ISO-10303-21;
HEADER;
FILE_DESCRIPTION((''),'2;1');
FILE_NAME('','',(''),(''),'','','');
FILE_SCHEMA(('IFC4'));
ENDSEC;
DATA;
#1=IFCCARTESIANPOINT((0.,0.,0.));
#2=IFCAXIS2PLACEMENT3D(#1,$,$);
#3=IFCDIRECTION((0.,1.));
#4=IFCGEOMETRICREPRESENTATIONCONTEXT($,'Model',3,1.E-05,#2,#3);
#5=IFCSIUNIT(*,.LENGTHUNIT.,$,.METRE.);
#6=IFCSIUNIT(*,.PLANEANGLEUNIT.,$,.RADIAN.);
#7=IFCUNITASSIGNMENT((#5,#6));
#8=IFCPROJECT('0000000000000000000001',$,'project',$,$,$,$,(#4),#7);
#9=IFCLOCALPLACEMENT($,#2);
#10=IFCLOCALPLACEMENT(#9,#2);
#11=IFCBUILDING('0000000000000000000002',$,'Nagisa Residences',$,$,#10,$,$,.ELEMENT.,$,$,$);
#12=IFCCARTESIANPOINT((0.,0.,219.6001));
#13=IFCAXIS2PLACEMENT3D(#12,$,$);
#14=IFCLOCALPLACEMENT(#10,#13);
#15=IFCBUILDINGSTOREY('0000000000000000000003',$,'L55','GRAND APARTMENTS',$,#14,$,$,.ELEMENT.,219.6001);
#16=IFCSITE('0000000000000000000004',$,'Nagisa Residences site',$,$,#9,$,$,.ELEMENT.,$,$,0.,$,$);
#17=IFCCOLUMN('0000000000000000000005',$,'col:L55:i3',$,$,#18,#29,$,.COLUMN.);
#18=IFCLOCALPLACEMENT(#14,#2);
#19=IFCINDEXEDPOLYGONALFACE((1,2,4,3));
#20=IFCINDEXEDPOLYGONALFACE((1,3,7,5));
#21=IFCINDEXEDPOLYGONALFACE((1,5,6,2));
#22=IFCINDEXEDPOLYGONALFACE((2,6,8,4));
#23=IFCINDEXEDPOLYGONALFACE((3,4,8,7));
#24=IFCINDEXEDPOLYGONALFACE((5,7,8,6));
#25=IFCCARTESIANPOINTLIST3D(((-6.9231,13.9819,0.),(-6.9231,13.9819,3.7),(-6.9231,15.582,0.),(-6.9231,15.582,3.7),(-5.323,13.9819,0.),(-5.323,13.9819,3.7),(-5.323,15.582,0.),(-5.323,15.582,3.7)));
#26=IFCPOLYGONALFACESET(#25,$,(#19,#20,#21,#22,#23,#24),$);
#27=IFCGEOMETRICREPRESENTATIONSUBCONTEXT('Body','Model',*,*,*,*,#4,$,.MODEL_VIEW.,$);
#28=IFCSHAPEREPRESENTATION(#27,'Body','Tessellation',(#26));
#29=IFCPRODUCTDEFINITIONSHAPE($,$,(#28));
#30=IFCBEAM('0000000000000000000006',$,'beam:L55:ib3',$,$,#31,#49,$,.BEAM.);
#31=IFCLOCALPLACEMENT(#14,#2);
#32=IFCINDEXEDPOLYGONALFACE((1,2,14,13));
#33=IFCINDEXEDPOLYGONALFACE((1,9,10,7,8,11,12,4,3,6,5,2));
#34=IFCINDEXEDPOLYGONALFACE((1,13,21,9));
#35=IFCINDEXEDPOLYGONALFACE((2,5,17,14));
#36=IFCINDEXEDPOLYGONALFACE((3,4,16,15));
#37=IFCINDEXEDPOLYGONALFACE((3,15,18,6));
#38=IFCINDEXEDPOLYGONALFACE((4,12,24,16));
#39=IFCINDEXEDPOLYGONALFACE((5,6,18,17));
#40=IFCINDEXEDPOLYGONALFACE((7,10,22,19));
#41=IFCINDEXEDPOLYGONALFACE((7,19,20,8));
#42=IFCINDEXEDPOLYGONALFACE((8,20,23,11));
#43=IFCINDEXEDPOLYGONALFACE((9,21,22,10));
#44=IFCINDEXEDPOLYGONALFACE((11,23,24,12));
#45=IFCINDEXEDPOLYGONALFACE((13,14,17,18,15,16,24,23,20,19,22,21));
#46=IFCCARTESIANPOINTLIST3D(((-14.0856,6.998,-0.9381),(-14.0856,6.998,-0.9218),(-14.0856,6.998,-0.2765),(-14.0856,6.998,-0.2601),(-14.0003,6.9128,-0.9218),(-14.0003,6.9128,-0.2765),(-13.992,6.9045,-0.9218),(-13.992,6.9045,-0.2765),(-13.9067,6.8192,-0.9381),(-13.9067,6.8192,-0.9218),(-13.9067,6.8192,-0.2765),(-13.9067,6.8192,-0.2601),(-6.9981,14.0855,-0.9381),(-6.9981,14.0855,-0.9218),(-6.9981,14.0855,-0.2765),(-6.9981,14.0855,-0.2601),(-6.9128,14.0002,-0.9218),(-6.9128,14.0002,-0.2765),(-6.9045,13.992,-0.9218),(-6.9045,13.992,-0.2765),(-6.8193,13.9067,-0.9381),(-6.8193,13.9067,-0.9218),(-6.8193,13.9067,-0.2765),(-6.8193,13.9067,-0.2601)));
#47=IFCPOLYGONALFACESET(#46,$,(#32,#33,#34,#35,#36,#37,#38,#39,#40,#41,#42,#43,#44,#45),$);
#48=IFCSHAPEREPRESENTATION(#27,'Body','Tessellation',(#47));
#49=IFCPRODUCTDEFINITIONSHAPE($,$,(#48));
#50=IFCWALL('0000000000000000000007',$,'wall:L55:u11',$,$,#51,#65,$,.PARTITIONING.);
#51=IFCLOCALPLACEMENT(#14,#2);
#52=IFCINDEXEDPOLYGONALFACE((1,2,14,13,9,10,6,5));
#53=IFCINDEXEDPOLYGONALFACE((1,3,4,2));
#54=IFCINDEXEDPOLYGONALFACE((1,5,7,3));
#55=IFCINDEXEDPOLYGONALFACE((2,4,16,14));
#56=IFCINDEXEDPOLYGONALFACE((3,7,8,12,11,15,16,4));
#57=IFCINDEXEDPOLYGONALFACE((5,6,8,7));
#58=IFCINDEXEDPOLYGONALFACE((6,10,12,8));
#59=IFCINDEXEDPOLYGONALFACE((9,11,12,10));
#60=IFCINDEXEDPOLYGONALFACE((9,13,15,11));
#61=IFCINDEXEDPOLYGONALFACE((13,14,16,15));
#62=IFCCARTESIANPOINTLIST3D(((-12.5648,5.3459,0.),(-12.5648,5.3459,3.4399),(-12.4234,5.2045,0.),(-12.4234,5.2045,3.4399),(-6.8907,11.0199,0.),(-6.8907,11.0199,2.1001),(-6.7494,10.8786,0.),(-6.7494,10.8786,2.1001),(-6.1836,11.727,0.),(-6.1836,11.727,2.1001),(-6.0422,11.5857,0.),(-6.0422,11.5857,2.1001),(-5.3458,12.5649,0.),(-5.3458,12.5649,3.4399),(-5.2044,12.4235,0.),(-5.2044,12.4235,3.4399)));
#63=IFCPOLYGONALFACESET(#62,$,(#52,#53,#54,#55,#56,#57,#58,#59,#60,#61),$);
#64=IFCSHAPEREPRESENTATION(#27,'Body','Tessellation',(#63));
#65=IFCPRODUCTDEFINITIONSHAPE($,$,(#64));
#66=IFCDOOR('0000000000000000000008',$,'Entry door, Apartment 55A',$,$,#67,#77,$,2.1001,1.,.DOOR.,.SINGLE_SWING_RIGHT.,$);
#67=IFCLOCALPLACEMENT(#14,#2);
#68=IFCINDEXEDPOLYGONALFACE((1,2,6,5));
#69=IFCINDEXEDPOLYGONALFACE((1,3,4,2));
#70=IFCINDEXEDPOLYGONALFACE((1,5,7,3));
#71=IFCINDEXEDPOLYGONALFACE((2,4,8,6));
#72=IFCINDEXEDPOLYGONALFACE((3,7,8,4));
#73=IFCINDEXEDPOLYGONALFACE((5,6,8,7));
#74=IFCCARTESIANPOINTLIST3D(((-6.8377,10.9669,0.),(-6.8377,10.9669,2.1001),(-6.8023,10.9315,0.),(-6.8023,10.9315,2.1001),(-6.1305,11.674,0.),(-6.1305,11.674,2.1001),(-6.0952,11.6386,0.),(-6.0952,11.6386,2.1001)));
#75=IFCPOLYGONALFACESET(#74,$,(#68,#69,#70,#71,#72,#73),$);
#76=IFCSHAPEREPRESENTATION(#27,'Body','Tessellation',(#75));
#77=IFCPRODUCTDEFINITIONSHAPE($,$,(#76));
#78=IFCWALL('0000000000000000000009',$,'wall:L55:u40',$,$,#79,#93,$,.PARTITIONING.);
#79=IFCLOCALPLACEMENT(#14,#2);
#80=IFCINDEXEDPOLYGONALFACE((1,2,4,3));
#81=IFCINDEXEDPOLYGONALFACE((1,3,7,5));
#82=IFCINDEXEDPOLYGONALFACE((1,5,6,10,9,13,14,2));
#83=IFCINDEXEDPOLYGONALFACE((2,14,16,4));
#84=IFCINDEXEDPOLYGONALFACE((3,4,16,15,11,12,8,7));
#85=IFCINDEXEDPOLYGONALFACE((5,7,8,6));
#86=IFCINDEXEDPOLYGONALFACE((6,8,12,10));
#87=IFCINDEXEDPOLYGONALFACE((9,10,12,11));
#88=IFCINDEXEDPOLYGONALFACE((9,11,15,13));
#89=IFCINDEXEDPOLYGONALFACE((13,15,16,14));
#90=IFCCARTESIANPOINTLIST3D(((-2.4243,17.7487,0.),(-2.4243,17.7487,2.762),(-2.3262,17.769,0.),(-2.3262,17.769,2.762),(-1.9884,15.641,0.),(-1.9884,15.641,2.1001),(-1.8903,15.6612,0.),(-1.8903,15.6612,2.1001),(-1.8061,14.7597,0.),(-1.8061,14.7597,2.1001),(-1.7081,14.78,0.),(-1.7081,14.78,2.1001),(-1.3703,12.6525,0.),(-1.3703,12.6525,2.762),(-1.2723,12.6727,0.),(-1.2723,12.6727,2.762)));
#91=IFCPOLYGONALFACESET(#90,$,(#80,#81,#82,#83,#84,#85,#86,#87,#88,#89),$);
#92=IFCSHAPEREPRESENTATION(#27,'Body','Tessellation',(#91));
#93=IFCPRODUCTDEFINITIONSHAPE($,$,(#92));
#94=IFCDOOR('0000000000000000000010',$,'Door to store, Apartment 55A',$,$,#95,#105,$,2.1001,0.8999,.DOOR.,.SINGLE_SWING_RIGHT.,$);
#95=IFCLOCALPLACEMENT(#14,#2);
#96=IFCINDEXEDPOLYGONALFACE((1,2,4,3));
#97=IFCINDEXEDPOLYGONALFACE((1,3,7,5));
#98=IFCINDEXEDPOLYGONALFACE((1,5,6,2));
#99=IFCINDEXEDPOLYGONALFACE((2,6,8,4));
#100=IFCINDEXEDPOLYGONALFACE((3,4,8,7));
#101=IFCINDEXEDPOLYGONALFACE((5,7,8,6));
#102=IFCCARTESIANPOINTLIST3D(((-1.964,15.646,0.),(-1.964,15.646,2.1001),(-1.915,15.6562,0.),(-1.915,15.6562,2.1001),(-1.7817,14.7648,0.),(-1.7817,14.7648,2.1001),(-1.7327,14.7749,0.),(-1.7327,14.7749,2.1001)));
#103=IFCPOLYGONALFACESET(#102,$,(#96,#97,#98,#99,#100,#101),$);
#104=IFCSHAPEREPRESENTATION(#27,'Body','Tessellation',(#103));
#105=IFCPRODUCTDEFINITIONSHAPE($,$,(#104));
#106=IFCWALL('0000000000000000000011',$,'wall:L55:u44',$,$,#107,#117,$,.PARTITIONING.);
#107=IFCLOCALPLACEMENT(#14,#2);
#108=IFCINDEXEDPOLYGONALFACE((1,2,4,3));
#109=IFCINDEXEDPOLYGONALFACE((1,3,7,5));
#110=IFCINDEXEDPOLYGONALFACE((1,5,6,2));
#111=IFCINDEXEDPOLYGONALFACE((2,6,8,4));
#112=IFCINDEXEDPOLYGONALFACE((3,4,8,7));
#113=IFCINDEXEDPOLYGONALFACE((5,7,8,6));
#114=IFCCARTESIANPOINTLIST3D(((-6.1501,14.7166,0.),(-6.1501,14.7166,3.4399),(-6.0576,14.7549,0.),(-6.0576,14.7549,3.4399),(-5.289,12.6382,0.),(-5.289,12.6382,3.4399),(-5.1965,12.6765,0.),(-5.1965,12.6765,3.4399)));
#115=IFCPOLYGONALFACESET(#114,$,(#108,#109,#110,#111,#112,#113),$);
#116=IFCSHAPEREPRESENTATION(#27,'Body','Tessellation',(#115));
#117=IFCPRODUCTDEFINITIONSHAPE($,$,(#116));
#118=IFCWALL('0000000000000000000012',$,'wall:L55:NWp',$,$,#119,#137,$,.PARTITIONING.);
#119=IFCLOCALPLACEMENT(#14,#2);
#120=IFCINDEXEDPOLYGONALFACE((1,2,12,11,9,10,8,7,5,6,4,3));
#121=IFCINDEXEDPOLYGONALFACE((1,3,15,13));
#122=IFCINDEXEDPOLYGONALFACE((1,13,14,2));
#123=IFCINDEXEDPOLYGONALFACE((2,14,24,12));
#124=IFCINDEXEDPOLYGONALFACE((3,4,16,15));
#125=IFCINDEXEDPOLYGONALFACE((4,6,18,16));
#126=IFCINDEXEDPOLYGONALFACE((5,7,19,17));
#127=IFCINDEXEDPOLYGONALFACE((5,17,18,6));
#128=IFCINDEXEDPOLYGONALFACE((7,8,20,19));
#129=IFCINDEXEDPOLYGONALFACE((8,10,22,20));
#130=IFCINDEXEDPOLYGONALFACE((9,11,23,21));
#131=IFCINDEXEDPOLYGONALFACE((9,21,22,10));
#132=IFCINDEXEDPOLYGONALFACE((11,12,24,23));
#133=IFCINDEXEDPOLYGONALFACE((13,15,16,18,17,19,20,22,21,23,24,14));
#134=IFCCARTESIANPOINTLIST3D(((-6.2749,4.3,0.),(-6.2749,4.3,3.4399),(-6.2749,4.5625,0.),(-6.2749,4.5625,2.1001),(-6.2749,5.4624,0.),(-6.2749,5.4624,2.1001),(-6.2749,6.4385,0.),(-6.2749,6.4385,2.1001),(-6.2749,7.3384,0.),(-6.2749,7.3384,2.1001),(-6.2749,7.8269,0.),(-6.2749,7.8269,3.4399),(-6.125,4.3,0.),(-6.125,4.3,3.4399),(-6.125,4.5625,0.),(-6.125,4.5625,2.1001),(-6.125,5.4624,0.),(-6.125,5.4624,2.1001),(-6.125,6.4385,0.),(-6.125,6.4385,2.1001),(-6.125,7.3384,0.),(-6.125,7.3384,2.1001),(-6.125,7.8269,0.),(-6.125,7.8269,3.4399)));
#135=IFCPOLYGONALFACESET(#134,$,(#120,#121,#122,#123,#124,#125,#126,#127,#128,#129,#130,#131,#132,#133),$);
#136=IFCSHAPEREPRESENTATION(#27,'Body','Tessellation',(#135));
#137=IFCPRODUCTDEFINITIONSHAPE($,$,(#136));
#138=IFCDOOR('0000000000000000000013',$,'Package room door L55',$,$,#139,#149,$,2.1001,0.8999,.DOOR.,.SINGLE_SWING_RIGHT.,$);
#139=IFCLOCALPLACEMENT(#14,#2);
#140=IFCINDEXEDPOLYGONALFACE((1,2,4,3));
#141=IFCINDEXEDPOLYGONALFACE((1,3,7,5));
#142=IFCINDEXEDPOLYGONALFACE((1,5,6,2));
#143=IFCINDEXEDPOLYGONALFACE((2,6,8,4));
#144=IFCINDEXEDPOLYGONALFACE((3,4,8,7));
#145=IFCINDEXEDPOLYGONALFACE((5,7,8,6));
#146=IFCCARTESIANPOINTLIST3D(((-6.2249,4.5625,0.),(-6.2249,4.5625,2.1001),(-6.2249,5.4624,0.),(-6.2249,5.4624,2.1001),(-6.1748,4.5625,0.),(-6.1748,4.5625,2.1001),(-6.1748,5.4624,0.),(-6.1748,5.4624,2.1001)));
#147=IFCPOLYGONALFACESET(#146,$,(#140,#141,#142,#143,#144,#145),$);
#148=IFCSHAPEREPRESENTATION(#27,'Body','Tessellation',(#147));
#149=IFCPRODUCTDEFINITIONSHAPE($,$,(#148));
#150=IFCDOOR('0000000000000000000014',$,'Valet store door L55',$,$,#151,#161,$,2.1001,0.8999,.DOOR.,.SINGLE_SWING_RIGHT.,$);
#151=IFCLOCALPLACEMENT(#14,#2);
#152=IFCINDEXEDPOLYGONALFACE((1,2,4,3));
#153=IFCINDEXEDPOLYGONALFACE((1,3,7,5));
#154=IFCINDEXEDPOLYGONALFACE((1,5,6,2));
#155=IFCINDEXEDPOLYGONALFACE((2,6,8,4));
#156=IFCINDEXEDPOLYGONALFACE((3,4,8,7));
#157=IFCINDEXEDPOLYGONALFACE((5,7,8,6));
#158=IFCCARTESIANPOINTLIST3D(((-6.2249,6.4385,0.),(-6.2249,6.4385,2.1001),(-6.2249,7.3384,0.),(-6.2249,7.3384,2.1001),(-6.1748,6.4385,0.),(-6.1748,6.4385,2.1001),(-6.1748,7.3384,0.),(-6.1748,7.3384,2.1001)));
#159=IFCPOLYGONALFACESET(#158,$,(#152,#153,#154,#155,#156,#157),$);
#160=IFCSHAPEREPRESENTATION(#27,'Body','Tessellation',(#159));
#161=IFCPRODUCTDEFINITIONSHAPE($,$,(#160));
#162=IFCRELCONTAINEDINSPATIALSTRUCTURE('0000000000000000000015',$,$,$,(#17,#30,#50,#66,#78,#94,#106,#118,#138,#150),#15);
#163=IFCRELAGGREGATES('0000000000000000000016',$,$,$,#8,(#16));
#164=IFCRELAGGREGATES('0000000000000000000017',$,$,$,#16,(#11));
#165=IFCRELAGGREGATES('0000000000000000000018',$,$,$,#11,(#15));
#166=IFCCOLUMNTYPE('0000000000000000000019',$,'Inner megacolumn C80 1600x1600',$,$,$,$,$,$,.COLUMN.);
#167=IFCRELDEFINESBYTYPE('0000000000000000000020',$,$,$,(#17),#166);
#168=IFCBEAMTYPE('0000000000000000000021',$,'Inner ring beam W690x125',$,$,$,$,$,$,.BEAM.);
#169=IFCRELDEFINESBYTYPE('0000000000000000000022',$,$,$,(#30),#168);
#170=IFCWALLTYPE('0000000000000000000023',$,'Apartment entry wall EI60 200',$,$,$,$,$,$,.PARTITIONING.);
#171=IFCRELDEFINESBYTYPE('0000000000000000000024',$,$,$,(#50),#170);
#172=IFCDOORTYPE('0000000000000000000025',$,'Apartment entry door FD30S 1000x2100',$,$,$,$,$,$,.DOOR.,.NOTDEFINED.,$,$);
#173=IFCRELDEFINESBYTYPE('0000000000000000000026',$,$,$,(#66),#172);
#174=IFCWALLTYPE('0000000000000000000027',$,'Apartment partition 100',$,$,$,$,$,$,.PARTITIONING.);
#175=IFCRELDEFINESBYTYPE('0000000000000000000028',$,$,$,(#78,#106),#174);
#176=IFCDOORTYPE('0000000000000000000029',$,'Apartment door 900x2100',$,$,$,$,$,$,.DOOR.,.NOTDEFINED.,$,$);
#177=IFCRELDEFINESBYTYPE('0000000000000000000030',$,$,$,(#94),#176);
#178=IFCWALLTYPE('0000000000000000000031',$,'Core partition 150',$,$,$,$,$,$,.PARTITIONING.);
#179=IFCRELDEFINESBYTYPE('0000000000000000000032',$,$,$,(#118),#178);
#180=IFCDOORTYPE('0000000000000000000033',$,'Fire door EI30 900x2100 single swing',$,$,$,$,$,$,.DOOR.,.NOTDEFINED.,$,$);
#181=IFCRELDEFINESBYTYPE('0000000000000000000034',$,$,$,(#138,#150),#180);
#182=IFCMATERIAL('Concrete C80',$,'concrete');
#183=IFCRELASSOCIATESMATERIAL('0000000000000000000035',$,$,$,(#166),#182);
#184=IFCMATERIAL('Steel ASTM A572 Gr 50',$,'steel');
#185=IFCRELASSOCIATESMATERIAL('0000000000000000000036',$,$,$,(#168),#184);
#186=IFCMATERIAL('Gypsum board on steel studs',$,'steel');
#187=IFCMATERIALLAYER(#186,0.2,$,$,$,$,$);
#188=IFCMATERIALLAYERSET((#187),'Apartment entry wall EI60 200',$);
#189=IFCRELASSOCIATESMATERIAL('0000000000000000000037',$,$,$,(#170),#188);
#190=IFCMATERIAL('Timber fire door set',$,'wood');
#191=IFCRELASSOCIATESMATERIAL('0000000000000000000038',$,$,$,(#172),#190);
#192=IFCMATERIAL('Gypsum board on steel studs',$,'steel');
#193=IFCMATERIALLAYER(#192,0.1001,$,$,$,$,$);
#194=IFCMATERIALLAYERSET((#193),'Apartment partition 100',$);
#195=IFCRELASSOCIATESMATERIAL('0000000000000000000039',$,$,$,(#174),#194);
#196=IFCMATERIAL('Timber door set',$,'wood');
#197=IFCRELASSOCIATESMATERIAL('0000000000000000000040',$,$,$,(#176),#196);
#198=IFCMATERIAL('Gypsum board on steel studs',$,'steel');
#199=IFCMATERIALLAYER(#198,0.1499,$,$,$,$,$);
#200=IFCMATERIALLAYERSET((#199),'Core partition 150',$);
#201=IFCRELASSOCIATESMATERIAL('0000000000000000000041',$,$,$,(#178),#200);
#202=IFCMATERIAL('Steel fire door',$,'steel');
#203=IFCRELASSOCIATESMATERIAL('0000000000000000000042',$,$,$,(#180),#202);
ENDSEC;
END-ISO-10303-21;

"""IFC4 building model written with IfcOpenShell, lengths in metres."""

from ifc_helpers import new_model, si_unit, direction, frame, frame_2d, origin, origin_2d, place, context, subcontext, project, spatial, rectangle, i_section, extrude, material, layer, layer_set, material_profile, profile_set, type_object, element, fill, save


model = new_model("IFC4")

# Units and contexts
model_context = context("Model", 3, precision=1e-05, world=origin(), true_north=direction((0.0, 1.0)))
body_context = subcontext(model_context, "Body", "Model", "MODEL_VIEW")
ifc_project = project(units=[si_unit("LENGTHUNIT", "METRE"), si_unit("PLANEANGLEUNIT", "RADIAN")], contexts=[model_context])

# Site, building, storey
site_placement = place(None, origin())
site = spatial("IfcSite", under=ifc_project, at=site_placement, Name="Nagisa Residences site", CompositionType="ELEMENT", RefElevation=0.0)
building_placement = place(site_placement, origin())
building = spatial("IfcBuilding", under=site, at=building_placement, Name="Nagisa Residences", CompositionType="ELEMENT")
storey_placement = place(building_placement, frame((0.0, 0.0, 219.6001)))
storey = spatial("IfcBuildingStorey", under=building, at=storey_placement, Name="L55", Description="GRAND APARTMENTS", CompositionType="ELEMENT", Elevation=219.6001)

# Column
ifc_material_1 = material(Name="Concrete C80", Category="concrete")
ifc_material_profile_1 = material_profile(ifc_material_1, rectangle(XDim=1.6001, YDim=1.6001, at=origin_2d()), Name="C80 1600x1600")
ifc_profile_set_1 = profile_set([ifc_material_profile_1], Name="Concrete C80")
column_type = type_object("IfcColumnType", Name="Inner megacolumn C80 1600x1600", PredefinedType="COLUMN", material=ifc_profile_set_1)
column_placement = place(storey_placement, frame((-6.123, 14.782, 0.0), z_axis=(0.0, 0.0, 1.0), x_axis=(1.0, 0.0, 0.0)))
element("IfcColumn", 1, at=column_placement, inside=storey, type_object=column_type, Name="col:L55:i3", PredefinedType="COLUMN", context=body_context, shape_type="SweptSolid", body=[
    extrude(rectangle(XDim=1.6001, YDim=1.6001, at=origin_2d()), origin(), (0.0, 0.0, 1.0), 3.7),
])

# Beam
ifc_material_2 = material(Name="Steel ASTM A572 Gr 50", Category="steel")
ifc_material_profile_2 = material_profile(ifc_material_2, i_section(OverallWidth=0.2529, OverallDepth=0.678, WebThickness=0.0117, FlangeThickness=0.0164, at=origin_2d()), Name="W690x125")
ifc_profile_set_2 = profile_set([ifc_material_profile_2], Name="Steel ASTM A572 Gr 50")
beam_type = type_object("IfcBeamType", Name="Inner ring beam W690x125", PredefinedType="BEAM", material=ifc_profile_set_2)
beam_placement = place(storey_placement, frame((-6.9087, 13.9961, -0.5991), z_axis=(-0.707107, -0.707107, 0.0), x_axis=(0.707107, -0.707107, 0.0)))
element("IfcBeam", 2, at=beam_placement, inside=storey, type_object=beam_type, Name="beam:L55:ib3", PredefinedType="BEAM", context=body_context, shape_type="SweptSolid", body=[
    extrude(i_section(OverallWidth=0.2529, OverallDepth=0.678, WebThickness=0.0117, FlangeThickness=0.0164, at=origin_2d()), origin(), (0.0, 0.0, 1.0), 10.0232),
])

# Walls, openings, doors
ifc_material_3 = material(Name="Gypsum board on steel studs", Category="steel")
ifc_layer_1 = layer(ifc_material_3, 0.2)
ifc_layer_set_1 = layer_set([ifc_layer_1], Name="Apartment entry wall EI60 200")
wall_type_1 = type_object("IfcWallType", Name="Apartment entry wall EI60 200", PredefinedType="PARTITIONING", material=ifc_layer_set_1)
wall_1_placement = place(storey_placement, frame((-5.2751, 12.4941, 0.0), z_axis=(0.0, 0.0, 1.0), x_axis=(-0.707107, -0.707107, 0.0)))
wall_1 = element("IfcWall", 3, at=wall_1_placement, inside=storey, type_object=wall_type_1, Name="wall:L55:u11", PredefinedType="PARTITIONING", context=body_context, shape_type="SweptSolid", body=[
    extrude(rectangle(XDim=10.2092, YDim=0.2, at=frame_2d((5.1045, 0.0))), origin(), (0.0, 0.0, 1.0), 3.4399),
])
opening_1_placement = place(wall_1_placement, frame((1.1848, 0.0, 0.0)))
opening_1 = element("IfcOpeningElement", 4, at=opening_1_placement, cuts=wall_1, PredefinedType="OPENING", context=body_context, shape_type="SweptSolid", body=[
    extrude(rectangle(XDim=1.0, YDim=2.1001, at=frame_2d((0.5, 1.05))), frame((0.0, 0.1099, 0.0), z_axis=(0.0, -1.0, 0.0), x_axis=(1.0, 0.0, 0.0)), (0.0, 0.0, 1.0), 0.22),
])
ifc_material_4 = material(Name="Timber fire door set", Category="wood")
door_type_1 = type_object("IfcDoorType", Name="Apartment entry door FD30S 1000x2100", OperationType="NOTDEFINED", PredefinedType="DOOR", material=ifc_material_4)
door_1_placement = place(opening_1_placement, frame((1.0, 0.0, 0.0), x_axis=(-1.0, 0.0, 0.0)))
door_1 = element("IfcDoor", 5, at=door_1_placement, inside=storey, type_object=door_type_1, Name="Entry door, Apartment 55A", OperationType="SINGLE_SWING_RIGHT", OverallHeight=2.1001, OverallWidth=1.0, PredefinedType="DOOR", context=body_context, shape_type="SweptSolid", body=[
    extrude(rectangle(XDim=1.0, YDim=2.1001, at=frame_2d((0.5, 1.05))), frame((0.0, 0.0249, 0.0), z_axis=(0.0, -1.0, 0.0), x_axis=(1.0, 0.0, 0.0)), (0.0, 0.0, 1.0), 0.05),
])
fill(opening_1, door_1)
ifc_material_5 = material(Name="Gypsum board on steel studs", Category="steel")
ifc_layer_2 = layer(ifc_material_5, 0.1001)
ifc_layer_set_2 = layer_set([ifc_layer_2], Name="Apartment partition 100")
wall_type_2 = type_object("IfcWallType", Name="Apartment partition 100", PredefinedType="PARTITIONING", material=ifc_layer_set_2)
wall_2_placement = place(storey_placement, frame((-1.3213, 12.6626, 0.0), z_axis=(0.0, 0.0, 1.0), x_axis=(-0.202526, 0.979277, 0.0)))
wall_2 = element("IfcWall", 6, at=wall_2_placement, inside=storey, type_object=wall_type_2, Name="wall:L55:u40", PredefinedType="PARTITIONING", context=body_context, shape_type="SweptSolid", body=[
    extrude(rectangle(XDim=5.2041, YDim=0.1001, at=frame_2d((2.6021, 0.0))), origin(), (0.0, 0.0, 1.0), 2.762),
])
opening_2_placement = place(wall_2_placement, frame((2.1519, 0.0, 0.0)))
opening_2 = element("IfcOpeningElement", 7, at=opening_2_placement, cuts=wall_2, PredefinedType="OPENING", context=body_context, shape_type="SweptSolid", body=[
    extrude(rectangle(XDim=0.8999, YDim=2.1001, at=frame_2d((0.45, 1.05))), frame((0.0, 0.0601, 0.0), z_axis=(0.0, -1.0, 0.0), x_axis=(1.0, 0.0, 0.0)), (0.0, 0.0, 1.0), 0.1201),
])
ifc_material_6 = material(Name="Timber door set", Category="wood")
door_type_2 = type_object("IfcDoorType", Name="Apartment door 900x2100", OperationType="NOTDEFINED", PredefinedType="DOOR", material=ifc_material_6)
door_2_placement = place(opening_2_placement, frame((0.8999, 0.0, 0.0), x_axis=(-1.0, 0.0, 0.0)))
door_2 = element("IfcDoor", 8, at=door_2_placement, inside=storey, type_object=door_type_2, Name="Door to store, Apartment 55A", OperationType="SINGLE_SWING_RIGHT", OverallHeight=2.1001, OverallWidth=0.8999, PredefinedType="DOOR", context=body_context, shape_type="SweptSolid", body=[
    extrude(rectangle(XDim=0.8999, YDim=2.1001, at=frame_2d((0.45, 1.05))), frame((0.0, 0.0249, 0.0), z_axis=(0.0, -1.0, 0.0), x_axis=(1.0, 0.0, 0.0)), (0.0, 0.0, 1.0), 0.05),
])
fill(opening_2, door_2)

# Wall
wall_3_placement = place(storey_placement, frame((-5.2427, 12.6572, 0.0), z_axis=(0.0, 0.0, 1.0), x_axis=(-0.382758, 0.923849, 0.0)))
element("IfcWall", 9, at=wall_3_placement, inside=storey, type_object=wall_type_2, Name="wall:L55:u44", PredefinedType="PARTITIONING", context=body_context, shape_type="SweptSolid", body=[
    extrude(rectangle(XDim=2.2498, YDim=0.1001, at=frame_2d((1.125, 0.0))), origin(), (0.0, 0.0, 1.0), 3.4399),
])

# Wall, openings, doors
ifc_material_7 = material(Name="Gypsum board on steel studs", Category="steel")
ifc_layer_3 = layer(ifc_material_7, 0.1499)
ifc_layer_set_3 = layer_set([ifc_layer_3], Name="Core partition 150")
wall_type_3 = type_object("IfcWallType", Name="Core partition 150", PredefinedType="PARTITIONING", material=ifc_layer_set_3)
wall_4_placement = place(storey_placement, frame((-6.2, 4.3, 0.0), z_axis=(0.0, 0.0, 1.0), x_axis=(0.0, 1.0, 0.0)))
wall_4 = element("IfcWall", 10, at=wall_4_placement, inside=storey, type_object=wall_type_3, Name="wall:L55:NWp", PredefinedType="PARTITIONING", context=body_context, shape_type="SweptSolid", body=[
    extrude(rectangle(XDim=3.5269, YDim=0.1499, at=frame_2d((1.7634, 0.0))), origin(), (0.0, 0.0, 1.0), 3.4399),
])
opening_3_placement = place(wall_4_placement, frame((0.2625, 0.0, 0.0)))
opening_3 = element("IfcOpeningElement", 11, at=opening_3_placement, cuts=wall_4, PredefinedType="OPENING", context=body_context, shape_type="SweptSolid", body=[
    extrude(rectangle(XDim=0.8999, YDim=2.1001, at=frame_2d((0.45, 1.05))), frame((0.0, 0.085, 0.0), z_axis=(0.0, -1.0, 0.0), x_axis=(1.0, 0.0, 0.0)), (0.0, 0.0, 1.0), 0.1699),
])
opening_4_placement = place(wall_4_placement, frame((2.1384, 0.0, 0.0)))
opening_4 = element("IfcOpeningElement", 12, at=opening_4_placement, cuts=wall_4, PredefinedType="OPENING", context=body_context, shape_type="SweptSolid", body=[
    extrude(rectangle(XDim=0.8999, YDim=2.1001, at=frame_2d((0.45, 1.05))), frame((0.0, 0.085, 0.0), z_axis=(0.0, -1.0, 0.0), x_axis=(1.0, 0.0, 0.0)), (0.0, 0.0, 1.0), 0.1699),
])
ifc_material_8 = material(Name="Steel fire door", Category="steel")
door_type_3 = type_object("IfcDoorType", Name="Fire door EI30 900x2100 single swing", OperationType="NOTDEFINED", PredefinedType="DOOR", material=ifc_material_8)
door_3_placement = place(opening_3_placement, origin())
door_3 = element("IfcDoor", 13, at=door_3_placement, inside=storey, type_object=door_type_3, Name="Package room door L55", OperationType="SINGLE_SWING_RIGHT", OverallHeight=2.1001, OverallWidth=0.8999, PredefinedType="DOOR", context=body_context, shape_type="SweptSolid", body=[
    extrude(rectangle(XDim=0.8999, YDim=2.1001, at=frame_2d((0.45, 1.05))), frame((0.0, 0.0249, 0.0), z_axis=(0.0, -1.0, 0.0), x_axis=(1.0, 0.0, 0.0)), (0.0, 0.0, 1.0), 0.05),
])
fill(opening_3, door_3)
door_4_placement = place(opening_4_placement, origin())
door_4 = element("IfcDoor", 14, at=door_4_placement, inside=storey, type_object=door_type_3, Name="Valet store door L55", OperationType="SINGLE_SWING_RIGHT", OverallHeight=2.1001, OverallWidth=0.8999, PredefinedType="DOOR", context=body_context, shape_type="SweptSolid", body=[
    extrude(rectangle(XDim=0.8999, YDim=2.1001, at=frame_2d((0.45, 1.05))), frame((0.0, 0.0249, 0.0), z_axis=(0.0, -1.0, 0.0), x_axis=(1.0, 0.0, 0.0)), (0.0, 0.0, 1.0), 0.05),
])
fill(opening_4, door_4)

save(model, "model.ifc")
